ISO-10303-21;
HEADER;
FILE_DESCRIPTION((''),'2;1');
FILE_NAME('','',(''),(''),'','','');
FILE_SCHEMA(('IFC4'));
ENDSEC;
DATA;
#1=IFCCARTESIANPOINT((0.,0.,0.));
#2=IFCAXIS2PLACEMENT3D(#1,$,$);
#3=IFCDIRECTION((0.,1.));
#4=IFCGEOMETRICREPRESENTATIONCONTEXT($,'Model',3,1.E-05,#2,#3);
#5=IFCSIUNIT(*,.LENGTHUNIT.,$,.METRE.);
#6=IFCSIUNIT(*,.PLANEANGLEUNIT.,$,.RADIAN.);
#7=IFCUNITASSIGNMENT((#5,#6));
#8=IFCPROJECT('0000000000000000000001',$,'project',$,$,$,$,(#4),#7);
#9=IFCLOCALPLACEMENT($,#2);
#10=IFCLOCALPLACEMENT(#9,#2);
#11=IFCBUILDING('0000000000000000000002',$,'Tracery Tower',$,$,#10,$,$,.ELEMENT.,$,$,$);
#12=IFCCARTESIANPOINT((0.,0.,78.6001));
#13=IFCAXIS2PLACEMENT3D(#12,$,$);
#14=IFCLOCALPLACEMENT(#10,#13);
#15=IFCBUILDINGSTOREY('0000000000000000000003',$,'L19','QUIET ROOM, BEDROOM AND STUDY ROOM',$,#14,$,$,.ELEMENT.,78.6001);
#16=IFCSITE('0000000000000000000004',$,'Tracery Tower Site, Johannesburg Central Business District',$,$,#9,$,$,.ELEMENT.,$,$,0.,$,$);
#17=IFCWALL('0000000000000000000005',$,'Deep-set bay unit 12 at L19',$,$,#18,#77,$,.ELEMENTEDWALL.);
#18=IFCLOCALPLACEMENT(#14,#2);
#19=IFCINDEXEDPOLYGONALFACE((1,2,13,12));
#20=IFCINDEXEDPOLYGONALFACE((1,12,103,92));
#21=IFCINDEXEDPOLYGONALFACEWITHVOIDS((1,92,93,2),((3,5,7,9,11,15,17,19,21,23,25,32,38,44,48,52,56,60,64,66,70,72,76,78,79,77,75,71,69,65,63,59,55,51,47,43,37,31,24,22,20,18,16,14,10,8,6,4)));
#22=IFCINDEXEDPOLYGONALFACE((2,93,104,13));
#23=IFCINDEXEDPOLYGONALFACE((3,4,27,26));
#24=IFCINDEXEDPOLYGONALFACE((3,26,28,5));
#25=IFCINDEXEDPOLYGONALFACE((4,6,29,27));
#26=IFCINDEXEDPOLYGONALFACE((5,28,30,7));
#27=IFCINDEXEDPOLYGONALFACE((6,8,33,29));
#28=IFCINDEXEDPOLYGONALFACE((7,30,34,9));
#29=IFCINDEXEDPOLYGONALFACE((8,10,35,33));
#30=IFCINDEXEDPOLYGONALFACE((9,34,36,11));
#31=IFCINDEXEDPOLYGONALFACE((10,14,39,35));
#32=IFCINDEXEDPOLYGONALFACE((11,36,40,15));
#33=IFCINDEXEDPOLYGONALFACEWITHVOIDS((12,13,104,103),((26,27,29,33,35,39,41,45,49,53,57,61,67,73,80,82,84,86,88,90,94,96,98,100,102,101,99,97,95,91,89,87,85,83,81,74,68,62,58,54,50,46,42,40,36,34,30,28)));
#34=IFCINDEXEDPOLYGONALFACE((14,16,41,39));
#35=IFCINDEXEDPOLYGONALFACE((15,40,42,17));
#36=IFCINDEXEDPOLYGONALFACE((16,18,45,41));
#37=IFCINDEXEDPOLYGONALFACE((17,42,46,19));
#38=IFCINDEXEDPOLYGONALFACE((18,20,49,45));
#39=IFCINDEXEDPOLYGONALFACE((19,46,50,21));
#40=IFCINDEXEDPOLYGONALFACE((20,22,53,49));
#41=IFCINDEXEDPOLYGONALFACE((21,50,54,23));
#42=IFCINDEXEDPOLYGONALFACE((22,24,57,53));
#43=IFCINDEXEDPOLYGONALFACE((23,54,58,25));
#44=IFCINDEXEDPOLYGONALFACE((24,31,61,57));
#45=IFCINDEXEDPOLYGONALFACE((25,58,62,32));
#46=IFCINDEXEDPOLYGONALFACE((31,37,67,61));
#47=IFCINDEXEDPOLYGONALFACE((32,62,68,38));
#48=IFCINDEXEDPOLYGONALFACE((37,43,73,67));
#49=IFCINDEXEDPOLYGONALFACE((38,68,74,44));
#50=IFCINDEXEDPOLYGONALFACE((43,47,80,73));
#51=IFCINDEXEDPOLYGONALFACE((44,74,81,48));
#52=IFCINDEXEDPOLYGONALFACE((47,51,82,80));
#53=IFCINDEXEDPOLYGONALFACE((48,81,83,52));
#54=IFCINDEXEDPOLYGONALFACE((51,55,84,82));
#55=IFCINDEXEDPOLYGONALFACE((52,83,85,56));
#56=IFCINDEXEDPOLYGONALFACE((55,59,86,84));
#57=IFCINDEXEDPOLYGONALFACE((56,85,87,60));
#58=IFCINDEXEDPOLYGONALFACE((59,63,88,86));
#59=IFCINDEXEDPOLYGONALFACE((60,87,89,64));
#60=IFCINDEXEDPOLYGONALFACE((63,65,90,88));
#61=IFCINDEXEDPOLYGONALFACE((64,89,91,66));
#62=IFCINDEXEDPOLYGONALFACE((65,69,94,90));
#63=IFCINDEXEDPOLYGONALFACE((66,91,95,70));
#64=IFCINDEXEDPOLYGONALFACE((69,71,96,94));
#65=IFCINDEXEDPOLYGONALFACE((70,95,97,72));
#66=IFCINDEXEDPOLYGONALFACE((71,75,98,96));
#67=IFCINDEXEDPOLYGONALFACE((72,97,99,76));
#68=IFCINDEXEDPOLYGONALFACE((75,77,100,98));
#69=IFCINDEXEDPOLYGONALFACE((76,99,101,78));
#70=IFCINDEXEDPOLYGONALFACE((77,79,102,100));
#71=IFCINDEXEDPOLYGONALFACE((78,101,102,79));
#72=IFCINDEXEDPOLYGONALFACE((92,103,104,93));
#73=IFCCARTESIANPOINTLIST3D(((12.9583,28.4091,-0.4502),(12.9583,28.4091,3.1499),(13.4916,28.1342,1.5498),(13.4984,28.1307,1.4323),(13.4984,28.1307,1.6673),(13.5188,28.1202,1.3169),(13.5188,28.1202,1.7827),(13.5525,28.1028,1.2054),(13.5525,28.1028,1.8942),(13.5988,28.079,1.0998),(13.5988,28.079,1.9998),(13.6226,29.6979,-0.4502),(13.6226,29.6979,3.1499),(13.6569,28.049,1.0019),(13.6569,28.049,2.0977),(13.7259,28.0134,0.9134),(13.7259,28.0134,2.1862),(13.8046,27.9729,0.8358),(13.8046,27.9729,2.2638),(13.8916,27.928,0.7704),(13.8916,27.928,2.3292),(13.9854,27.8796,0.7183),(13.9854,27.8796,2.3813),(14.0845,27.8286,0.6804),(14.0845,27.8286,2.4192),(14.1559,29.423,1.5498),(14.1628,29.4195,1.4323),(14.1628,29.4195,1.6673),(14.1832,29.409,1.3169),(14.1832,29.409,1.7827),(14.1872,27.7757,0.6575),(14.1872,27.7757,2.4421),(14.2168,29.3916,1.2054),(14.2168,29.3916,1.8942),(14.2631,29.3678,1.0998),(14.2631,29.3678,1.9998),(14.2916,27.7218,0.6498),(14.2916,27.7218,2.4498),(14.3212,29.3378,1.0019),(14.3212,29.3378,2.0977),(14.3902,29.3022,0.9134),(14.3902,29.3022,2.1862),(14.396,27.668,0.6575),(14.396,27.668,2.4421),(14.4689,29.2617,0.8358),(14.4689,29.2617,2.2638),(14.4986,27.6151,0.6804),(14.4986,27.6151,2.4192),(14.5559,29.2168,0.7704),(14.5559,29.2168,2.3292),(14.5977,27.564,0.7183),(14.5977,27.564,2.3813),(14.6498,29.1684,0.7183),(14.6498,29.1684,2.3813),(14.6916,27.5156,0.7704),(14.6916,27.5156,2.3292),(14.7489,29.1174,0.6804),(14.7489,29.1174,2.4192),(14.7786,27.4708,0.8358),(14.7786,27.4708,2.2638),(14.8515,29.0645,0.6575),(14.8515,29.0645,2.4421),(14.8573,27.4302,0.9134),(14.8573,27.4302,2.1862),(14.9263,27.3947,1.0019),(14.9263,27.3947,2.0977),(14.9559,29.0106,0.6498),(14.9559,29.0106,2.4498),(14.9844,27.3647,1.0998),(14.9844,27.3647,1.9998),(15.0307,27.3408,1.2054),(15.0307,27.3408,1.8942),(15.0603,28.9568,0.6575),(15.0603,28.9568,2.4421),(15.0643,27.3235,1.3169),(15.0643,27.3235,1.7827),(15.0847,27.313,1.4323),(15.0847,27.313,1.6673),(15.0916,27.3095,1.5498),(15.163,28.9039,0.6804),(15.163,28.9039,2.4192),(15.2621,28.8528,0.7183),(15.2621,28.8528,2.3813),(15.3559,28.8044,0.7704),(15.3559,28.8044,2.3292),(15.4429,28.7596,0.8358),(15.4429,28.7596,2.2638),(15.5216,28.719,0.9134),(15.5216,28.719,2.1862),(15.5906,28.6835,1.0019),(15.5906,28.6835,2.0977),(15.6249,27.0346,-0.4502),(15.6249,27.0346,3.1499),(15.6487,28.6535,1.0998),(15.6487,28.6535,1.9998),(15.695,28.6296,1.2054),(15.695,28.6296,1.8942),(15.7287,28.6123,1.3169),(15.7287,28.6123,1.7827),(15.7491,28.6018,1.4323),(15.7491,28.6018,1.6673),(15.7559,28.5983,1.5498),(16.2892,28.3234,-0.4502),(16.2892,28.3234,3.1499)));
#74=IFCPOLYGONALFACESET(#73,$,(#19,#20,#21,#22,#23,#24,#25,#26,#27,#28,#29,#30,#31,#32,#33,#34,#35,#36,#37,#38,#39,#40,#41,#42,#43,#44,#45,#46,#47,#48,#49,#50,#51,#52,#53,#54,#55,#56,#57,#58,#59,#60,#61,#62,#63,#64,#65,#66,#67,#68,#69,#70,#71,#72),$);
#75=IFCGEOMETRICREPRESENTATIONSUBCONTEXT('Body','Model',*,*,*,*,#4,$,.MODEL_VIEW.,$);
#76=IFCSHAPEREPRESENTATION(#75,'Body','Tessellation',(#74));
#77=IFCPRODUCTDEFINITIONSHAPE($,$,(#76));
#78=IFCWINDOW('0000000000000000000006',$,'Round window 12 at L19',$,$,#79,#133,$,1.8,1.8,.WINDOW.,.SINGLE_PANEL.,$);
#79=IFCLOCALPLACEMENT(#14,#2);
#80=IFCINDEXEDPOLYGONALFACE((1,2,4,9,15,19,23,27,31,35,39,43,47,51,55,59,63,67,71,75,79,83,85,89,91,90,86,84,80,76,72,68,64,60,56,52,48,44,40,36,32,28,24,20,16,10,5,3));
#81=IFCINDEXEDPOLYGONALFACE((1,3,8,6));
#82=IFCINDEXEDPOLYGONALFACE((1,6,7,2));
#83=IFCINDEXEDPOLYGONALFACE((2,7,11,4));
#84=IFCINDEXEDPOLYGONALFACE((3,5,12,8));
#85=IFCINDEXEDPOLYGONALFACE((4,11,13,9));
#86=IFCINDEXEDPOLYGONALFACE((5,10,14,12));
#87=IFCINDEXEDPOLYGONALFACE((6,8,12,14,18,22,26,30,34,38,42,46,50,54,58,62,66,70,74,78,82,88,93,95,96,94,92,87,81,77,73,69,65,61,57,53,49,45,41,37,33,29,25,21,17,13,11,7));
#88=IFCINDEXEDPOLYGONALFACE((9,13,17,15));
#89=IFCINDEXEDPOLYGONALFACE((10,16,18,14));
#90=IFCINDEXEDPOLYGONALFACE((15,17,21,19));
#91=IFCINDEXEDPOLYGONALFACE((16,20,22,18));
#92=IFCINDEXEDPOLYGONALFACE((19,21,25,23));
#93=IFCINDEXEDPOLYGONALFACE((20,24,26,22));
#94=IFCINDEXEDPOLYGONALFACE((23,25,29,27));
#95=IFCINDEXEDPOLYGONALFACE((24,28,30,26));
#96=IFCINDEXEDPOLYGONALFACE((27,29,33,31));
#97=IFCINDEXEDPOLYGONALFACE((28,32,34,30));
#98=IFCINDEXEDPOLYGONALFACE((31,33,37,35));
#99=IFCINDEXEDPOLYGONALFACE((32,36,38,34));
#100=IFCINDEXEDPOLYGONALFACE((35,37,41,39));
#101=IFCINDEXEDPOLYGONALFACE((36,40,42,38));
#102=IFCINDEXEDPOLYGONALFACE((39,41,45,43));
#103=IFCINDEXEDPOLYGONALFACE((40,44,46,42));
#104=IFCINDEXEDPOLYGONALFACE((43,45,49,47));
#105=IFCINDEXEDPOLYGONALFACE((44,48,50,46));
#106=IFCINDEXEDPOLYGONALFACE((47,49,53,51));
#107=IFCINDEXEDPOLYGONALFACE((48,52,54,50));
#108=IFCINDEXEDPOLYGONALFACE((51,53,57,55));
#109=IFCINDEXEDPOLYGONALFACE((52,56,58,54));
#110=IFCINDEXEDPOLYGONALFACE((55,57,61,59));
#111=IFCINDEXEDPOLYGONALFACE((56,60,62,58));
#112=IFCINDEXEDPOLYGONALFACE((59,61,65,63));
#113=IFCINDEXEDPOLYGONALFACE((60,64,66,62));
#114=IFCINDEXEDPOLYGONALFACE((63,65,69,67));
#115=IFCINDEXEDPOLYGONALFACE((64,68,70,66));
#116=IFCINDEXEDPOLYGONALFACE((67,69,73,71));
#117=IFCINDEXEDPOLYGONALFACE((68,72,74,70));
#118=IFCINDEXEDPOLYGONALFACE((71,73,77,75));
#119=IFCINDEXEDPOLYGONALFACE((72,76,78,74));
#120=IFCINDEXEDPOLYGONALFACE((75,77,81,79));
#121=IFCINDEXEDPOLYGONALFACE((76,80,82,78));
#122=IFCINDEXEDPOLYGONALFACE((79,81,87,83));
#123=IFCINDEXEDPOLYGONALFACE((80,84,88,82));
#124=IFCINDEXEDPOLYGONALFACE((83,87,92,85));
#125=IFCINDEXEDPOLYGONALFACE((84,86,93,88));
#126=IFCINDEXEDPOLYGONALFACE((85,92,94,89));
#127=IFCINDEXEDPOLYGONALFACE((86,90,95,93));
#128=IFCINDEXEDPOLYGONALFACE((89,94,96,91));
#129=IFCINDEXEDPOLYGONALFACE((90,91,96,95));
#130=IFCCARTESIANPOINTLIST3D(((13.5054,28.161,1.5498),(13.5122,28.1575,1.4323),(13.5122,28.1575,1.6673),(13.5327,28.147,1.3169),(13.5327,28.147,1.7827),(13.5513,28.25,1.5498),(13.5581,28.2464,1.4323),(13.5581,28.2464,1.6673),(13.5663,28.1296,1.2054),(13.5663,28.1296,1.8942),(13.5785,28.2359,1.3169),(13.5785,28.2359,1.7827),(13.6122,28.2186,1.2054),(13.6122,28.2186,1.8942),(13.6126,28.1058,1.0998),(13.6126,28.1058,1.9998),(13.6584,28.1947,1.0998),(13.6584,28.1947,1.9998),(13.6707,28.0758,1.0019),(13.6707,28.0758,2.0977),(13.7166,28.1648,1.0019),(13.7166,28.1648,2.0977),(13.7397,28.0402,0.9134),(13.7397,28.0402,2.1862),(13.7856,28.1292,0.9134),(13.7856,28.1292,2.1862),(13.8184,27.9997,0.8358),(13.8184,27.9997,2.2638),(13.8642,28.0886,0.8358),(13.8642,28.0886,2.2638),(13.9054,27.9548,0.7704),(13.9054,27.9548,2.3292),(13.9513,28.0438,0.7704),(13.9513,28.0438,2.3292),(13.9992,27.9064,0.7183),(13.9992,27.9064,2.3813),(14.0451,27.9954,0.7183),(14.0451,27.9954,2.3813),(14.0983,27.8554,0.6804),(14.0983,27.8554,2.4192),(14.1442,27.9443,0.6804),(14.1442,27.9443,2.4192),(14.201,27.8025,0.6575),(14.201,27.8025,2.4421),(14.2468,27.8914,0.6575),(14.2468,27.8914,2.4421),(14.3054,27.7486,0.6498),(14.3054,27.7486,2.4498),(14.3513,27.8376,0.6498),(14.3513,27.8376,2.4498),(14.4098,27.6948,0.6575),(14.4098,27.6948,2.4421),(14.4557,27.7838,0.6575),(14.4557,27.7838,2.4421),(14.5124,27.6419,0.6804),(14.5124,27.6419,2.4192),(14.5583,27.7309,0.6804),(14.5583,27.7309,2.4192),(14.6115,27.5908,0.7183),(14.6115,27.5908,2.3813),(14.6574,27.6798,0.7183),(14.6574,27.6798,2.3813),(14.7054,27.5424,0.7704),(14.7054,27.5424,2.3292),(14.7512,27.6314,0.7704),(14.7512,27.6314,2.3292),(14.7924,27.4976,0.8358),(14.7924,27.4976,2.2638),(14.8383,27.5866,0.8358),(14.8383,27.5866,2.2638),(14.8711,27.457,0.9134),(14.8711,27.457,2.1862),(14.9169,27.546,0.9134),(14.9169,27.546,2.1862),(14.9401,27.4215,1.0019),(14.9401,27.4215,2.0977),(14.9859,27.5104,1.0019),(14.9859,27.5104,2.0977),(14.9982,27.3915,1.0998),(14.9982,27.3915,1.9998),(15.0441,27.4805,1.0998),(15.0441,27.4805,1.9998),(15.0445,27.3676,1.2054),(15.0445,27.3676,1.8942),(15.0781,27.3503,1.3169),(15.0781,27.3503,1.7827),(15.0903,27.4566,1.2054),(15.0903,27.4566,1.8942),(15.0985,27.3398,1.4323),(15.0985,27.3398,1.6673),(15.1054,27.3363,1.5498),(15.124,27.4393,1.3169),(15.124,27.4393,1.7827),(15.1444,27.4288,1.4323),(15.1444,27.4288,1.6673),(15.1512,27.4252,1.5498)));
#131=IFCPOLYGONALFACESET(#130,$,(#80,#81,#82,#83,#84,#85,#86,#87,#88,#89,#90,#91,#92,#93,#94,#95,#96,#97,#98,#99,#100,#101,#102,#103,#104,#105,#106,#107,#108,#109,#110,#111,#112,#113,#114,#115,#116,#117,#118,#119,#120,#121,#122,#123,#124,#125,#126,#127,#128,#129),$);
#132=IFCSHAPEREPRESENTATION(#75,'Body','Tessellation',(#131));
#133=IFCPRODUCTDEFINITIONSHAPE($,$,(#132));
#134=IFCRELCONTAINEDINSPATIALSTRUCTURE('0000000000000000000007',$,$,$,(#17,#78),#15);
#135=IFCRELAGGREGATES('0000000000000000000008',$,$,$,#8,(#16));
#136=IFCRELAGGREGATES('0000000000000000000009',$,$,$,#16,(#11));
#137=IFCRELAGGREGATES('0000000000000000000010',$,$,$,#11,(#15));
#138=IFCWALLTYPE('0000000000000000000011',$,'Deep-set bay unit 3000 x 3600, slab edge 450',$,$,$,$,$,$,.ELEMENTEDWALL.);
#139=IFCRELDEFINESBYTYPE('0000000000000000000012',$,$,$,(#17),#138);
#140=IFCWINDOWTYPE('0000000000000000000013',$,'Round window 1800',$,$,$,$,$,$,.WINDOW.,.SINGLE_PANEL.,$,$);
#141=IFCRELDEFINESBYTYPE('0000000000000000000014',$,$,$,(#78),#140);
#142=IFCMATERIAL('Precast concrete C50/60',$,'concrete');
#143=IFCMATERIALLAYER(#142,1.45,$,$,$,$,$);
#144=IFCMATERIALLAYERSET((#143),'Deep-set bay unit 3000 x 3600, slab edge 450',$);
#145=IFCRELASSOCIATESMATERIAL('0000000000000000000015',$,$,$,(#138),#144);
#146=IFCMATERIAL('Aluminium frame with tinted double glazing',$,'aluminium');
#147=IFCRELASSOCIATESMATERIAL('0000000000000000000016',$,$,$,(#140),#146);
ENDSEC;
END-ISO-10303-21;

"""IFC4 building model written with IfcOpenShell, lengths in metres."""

from ifc_helpers import new_model, si_unit, direction, frame, frame_2d, origin, origin_2d, place, context, subcontext, project, spatial, rectangle, circle, extrude, material, layer, layer_set, type_object, element, fill, save


model = new_model("IFC4")

# Units and contexts
model_context = context("Model", 3, precision=1e-05, world=origin(), true_north=direction((0.0, 1.0)))
body_context = subcontext(model_context, "Body", "Model", "MODEL_VIEW")
ifc_project = project(units=[si_unit("LENGTHUNIT", "METRE"), si_unit("PLANEANGLEUNIT", "RADIAN")], contexts=[model_context])

# Site, building, storey
site_placement = place(None, origin())
site = spatial("IfcSite", under=ifc_project, at=site_placement, Name="Tracery Tower Site, Johannesburg Central Business District", CompositionType="ELEMENT", RefElevation=0.0)
building_placement = place(site_placement, origin())
building = spatial("IfcBuilding", under=site, at=building_placement, Name="Tracery Tower", CompositionType="ELEMENT")
storey_placement = place(building_placement, frame((0.0, 0.0, 78.6001)))
storey = spatial("IfcBuildingStorey", under=building, at=storey_placement, Name="L19", Description="QUIET ROOM, BEDROOM AND STUDY ROOM", CompositionType="ELEMENT", Elevation=78.6001)

# Wall, opening, window
ifc_material_1 = material(Name="Precast concrete C50/60", Category="concrete")
ifc_layer_1 = layer(ifc_material_1, 1.45)
ifc_layer_set_1 = layer_set([ifc_layer_1], Name="Deep-set bay unit 3000 x 3600, slab edge 450")
wall_type_1 = type_object("IfcWallType", Name="Deep-set bay unit 3000 x 3600, slab edge 450", PredefinedType="ELEMENTEDWALL", material=ifc_layer_set_1)
wall_1_placement = place(storey_placement, frame((15.957, 27.679, -0.4502), z_axis=(0.0, 0.0, 1.0), x_axis=(-0.888858, 0.458183, 0.0)))
wall_1 = element("IfcWall", 1, at=wall_1_placement, inside=storey, type_object=wall_type_1, Name="Deep-set bay unit 12 at L19", PredefinedType="ELEMENTEDWALL", context=body_context, shape_type="SweptSolid", body=[
    extrude(rectangle(XDim=3.0, YDim=1.45, at=frame_2d((1.5, 0.0))), origin(), (0.0, 0.0, 1.0), 3.6001),
])
opening_1_placement = place(wall_1_placement, frame((1.5, 0.0, 2.0)))
opening_1 = element("IfcOpeningElement", 2, at=opening_1_placement, cuts=wall_1, PredefinedType="OPENING", context=body_context, shape_type="SweptSolid", body=[
    extrude(circle(Radius=0.9, at=origin_2d()), frame((0.0, 0.7349, 0.0), z_axis=(0.0, -1.0, 0.0), x_axis=(1.0, 0.0, 0.0)), (0.0, 0.0, 1.0), 1.47),
])
ifc_material_2 = material(Name="Aluminium frame with tinted double glazing", Category="aluminium")
window_type = type_object("IfcWindowType", Name="Round window 1800", PartitioningType="SINGLE_PANEL", PredefinedType="WINDOW", material=ifc_material_2)
window_1_placement = place(opening_1_placement, origin())
window_1 = element("IfcWindow", 3, at=window_1_placement, inside=storey, type_object=window_type, Name="Round window 12 at L19", OverallHeight=1.8, OverallWidth=1.8, PartitioningType="SINGLE_PANEL", PredefinedType="WINDOW", context=body_context, shape_type="SweptSolid", body=[
    extrude(circle(Radius=0.9, at=origin_2d()), frame((0.0, 0.6948, 0.0), z_axis=(0.0, -1.0, 0.0), x_axis=(1.0, 0.0, 0.0)), (0.0, 0.0, 1.0), 0.1001),
])
fill(opening_1, window_1)

save(model, "model.ifc")
